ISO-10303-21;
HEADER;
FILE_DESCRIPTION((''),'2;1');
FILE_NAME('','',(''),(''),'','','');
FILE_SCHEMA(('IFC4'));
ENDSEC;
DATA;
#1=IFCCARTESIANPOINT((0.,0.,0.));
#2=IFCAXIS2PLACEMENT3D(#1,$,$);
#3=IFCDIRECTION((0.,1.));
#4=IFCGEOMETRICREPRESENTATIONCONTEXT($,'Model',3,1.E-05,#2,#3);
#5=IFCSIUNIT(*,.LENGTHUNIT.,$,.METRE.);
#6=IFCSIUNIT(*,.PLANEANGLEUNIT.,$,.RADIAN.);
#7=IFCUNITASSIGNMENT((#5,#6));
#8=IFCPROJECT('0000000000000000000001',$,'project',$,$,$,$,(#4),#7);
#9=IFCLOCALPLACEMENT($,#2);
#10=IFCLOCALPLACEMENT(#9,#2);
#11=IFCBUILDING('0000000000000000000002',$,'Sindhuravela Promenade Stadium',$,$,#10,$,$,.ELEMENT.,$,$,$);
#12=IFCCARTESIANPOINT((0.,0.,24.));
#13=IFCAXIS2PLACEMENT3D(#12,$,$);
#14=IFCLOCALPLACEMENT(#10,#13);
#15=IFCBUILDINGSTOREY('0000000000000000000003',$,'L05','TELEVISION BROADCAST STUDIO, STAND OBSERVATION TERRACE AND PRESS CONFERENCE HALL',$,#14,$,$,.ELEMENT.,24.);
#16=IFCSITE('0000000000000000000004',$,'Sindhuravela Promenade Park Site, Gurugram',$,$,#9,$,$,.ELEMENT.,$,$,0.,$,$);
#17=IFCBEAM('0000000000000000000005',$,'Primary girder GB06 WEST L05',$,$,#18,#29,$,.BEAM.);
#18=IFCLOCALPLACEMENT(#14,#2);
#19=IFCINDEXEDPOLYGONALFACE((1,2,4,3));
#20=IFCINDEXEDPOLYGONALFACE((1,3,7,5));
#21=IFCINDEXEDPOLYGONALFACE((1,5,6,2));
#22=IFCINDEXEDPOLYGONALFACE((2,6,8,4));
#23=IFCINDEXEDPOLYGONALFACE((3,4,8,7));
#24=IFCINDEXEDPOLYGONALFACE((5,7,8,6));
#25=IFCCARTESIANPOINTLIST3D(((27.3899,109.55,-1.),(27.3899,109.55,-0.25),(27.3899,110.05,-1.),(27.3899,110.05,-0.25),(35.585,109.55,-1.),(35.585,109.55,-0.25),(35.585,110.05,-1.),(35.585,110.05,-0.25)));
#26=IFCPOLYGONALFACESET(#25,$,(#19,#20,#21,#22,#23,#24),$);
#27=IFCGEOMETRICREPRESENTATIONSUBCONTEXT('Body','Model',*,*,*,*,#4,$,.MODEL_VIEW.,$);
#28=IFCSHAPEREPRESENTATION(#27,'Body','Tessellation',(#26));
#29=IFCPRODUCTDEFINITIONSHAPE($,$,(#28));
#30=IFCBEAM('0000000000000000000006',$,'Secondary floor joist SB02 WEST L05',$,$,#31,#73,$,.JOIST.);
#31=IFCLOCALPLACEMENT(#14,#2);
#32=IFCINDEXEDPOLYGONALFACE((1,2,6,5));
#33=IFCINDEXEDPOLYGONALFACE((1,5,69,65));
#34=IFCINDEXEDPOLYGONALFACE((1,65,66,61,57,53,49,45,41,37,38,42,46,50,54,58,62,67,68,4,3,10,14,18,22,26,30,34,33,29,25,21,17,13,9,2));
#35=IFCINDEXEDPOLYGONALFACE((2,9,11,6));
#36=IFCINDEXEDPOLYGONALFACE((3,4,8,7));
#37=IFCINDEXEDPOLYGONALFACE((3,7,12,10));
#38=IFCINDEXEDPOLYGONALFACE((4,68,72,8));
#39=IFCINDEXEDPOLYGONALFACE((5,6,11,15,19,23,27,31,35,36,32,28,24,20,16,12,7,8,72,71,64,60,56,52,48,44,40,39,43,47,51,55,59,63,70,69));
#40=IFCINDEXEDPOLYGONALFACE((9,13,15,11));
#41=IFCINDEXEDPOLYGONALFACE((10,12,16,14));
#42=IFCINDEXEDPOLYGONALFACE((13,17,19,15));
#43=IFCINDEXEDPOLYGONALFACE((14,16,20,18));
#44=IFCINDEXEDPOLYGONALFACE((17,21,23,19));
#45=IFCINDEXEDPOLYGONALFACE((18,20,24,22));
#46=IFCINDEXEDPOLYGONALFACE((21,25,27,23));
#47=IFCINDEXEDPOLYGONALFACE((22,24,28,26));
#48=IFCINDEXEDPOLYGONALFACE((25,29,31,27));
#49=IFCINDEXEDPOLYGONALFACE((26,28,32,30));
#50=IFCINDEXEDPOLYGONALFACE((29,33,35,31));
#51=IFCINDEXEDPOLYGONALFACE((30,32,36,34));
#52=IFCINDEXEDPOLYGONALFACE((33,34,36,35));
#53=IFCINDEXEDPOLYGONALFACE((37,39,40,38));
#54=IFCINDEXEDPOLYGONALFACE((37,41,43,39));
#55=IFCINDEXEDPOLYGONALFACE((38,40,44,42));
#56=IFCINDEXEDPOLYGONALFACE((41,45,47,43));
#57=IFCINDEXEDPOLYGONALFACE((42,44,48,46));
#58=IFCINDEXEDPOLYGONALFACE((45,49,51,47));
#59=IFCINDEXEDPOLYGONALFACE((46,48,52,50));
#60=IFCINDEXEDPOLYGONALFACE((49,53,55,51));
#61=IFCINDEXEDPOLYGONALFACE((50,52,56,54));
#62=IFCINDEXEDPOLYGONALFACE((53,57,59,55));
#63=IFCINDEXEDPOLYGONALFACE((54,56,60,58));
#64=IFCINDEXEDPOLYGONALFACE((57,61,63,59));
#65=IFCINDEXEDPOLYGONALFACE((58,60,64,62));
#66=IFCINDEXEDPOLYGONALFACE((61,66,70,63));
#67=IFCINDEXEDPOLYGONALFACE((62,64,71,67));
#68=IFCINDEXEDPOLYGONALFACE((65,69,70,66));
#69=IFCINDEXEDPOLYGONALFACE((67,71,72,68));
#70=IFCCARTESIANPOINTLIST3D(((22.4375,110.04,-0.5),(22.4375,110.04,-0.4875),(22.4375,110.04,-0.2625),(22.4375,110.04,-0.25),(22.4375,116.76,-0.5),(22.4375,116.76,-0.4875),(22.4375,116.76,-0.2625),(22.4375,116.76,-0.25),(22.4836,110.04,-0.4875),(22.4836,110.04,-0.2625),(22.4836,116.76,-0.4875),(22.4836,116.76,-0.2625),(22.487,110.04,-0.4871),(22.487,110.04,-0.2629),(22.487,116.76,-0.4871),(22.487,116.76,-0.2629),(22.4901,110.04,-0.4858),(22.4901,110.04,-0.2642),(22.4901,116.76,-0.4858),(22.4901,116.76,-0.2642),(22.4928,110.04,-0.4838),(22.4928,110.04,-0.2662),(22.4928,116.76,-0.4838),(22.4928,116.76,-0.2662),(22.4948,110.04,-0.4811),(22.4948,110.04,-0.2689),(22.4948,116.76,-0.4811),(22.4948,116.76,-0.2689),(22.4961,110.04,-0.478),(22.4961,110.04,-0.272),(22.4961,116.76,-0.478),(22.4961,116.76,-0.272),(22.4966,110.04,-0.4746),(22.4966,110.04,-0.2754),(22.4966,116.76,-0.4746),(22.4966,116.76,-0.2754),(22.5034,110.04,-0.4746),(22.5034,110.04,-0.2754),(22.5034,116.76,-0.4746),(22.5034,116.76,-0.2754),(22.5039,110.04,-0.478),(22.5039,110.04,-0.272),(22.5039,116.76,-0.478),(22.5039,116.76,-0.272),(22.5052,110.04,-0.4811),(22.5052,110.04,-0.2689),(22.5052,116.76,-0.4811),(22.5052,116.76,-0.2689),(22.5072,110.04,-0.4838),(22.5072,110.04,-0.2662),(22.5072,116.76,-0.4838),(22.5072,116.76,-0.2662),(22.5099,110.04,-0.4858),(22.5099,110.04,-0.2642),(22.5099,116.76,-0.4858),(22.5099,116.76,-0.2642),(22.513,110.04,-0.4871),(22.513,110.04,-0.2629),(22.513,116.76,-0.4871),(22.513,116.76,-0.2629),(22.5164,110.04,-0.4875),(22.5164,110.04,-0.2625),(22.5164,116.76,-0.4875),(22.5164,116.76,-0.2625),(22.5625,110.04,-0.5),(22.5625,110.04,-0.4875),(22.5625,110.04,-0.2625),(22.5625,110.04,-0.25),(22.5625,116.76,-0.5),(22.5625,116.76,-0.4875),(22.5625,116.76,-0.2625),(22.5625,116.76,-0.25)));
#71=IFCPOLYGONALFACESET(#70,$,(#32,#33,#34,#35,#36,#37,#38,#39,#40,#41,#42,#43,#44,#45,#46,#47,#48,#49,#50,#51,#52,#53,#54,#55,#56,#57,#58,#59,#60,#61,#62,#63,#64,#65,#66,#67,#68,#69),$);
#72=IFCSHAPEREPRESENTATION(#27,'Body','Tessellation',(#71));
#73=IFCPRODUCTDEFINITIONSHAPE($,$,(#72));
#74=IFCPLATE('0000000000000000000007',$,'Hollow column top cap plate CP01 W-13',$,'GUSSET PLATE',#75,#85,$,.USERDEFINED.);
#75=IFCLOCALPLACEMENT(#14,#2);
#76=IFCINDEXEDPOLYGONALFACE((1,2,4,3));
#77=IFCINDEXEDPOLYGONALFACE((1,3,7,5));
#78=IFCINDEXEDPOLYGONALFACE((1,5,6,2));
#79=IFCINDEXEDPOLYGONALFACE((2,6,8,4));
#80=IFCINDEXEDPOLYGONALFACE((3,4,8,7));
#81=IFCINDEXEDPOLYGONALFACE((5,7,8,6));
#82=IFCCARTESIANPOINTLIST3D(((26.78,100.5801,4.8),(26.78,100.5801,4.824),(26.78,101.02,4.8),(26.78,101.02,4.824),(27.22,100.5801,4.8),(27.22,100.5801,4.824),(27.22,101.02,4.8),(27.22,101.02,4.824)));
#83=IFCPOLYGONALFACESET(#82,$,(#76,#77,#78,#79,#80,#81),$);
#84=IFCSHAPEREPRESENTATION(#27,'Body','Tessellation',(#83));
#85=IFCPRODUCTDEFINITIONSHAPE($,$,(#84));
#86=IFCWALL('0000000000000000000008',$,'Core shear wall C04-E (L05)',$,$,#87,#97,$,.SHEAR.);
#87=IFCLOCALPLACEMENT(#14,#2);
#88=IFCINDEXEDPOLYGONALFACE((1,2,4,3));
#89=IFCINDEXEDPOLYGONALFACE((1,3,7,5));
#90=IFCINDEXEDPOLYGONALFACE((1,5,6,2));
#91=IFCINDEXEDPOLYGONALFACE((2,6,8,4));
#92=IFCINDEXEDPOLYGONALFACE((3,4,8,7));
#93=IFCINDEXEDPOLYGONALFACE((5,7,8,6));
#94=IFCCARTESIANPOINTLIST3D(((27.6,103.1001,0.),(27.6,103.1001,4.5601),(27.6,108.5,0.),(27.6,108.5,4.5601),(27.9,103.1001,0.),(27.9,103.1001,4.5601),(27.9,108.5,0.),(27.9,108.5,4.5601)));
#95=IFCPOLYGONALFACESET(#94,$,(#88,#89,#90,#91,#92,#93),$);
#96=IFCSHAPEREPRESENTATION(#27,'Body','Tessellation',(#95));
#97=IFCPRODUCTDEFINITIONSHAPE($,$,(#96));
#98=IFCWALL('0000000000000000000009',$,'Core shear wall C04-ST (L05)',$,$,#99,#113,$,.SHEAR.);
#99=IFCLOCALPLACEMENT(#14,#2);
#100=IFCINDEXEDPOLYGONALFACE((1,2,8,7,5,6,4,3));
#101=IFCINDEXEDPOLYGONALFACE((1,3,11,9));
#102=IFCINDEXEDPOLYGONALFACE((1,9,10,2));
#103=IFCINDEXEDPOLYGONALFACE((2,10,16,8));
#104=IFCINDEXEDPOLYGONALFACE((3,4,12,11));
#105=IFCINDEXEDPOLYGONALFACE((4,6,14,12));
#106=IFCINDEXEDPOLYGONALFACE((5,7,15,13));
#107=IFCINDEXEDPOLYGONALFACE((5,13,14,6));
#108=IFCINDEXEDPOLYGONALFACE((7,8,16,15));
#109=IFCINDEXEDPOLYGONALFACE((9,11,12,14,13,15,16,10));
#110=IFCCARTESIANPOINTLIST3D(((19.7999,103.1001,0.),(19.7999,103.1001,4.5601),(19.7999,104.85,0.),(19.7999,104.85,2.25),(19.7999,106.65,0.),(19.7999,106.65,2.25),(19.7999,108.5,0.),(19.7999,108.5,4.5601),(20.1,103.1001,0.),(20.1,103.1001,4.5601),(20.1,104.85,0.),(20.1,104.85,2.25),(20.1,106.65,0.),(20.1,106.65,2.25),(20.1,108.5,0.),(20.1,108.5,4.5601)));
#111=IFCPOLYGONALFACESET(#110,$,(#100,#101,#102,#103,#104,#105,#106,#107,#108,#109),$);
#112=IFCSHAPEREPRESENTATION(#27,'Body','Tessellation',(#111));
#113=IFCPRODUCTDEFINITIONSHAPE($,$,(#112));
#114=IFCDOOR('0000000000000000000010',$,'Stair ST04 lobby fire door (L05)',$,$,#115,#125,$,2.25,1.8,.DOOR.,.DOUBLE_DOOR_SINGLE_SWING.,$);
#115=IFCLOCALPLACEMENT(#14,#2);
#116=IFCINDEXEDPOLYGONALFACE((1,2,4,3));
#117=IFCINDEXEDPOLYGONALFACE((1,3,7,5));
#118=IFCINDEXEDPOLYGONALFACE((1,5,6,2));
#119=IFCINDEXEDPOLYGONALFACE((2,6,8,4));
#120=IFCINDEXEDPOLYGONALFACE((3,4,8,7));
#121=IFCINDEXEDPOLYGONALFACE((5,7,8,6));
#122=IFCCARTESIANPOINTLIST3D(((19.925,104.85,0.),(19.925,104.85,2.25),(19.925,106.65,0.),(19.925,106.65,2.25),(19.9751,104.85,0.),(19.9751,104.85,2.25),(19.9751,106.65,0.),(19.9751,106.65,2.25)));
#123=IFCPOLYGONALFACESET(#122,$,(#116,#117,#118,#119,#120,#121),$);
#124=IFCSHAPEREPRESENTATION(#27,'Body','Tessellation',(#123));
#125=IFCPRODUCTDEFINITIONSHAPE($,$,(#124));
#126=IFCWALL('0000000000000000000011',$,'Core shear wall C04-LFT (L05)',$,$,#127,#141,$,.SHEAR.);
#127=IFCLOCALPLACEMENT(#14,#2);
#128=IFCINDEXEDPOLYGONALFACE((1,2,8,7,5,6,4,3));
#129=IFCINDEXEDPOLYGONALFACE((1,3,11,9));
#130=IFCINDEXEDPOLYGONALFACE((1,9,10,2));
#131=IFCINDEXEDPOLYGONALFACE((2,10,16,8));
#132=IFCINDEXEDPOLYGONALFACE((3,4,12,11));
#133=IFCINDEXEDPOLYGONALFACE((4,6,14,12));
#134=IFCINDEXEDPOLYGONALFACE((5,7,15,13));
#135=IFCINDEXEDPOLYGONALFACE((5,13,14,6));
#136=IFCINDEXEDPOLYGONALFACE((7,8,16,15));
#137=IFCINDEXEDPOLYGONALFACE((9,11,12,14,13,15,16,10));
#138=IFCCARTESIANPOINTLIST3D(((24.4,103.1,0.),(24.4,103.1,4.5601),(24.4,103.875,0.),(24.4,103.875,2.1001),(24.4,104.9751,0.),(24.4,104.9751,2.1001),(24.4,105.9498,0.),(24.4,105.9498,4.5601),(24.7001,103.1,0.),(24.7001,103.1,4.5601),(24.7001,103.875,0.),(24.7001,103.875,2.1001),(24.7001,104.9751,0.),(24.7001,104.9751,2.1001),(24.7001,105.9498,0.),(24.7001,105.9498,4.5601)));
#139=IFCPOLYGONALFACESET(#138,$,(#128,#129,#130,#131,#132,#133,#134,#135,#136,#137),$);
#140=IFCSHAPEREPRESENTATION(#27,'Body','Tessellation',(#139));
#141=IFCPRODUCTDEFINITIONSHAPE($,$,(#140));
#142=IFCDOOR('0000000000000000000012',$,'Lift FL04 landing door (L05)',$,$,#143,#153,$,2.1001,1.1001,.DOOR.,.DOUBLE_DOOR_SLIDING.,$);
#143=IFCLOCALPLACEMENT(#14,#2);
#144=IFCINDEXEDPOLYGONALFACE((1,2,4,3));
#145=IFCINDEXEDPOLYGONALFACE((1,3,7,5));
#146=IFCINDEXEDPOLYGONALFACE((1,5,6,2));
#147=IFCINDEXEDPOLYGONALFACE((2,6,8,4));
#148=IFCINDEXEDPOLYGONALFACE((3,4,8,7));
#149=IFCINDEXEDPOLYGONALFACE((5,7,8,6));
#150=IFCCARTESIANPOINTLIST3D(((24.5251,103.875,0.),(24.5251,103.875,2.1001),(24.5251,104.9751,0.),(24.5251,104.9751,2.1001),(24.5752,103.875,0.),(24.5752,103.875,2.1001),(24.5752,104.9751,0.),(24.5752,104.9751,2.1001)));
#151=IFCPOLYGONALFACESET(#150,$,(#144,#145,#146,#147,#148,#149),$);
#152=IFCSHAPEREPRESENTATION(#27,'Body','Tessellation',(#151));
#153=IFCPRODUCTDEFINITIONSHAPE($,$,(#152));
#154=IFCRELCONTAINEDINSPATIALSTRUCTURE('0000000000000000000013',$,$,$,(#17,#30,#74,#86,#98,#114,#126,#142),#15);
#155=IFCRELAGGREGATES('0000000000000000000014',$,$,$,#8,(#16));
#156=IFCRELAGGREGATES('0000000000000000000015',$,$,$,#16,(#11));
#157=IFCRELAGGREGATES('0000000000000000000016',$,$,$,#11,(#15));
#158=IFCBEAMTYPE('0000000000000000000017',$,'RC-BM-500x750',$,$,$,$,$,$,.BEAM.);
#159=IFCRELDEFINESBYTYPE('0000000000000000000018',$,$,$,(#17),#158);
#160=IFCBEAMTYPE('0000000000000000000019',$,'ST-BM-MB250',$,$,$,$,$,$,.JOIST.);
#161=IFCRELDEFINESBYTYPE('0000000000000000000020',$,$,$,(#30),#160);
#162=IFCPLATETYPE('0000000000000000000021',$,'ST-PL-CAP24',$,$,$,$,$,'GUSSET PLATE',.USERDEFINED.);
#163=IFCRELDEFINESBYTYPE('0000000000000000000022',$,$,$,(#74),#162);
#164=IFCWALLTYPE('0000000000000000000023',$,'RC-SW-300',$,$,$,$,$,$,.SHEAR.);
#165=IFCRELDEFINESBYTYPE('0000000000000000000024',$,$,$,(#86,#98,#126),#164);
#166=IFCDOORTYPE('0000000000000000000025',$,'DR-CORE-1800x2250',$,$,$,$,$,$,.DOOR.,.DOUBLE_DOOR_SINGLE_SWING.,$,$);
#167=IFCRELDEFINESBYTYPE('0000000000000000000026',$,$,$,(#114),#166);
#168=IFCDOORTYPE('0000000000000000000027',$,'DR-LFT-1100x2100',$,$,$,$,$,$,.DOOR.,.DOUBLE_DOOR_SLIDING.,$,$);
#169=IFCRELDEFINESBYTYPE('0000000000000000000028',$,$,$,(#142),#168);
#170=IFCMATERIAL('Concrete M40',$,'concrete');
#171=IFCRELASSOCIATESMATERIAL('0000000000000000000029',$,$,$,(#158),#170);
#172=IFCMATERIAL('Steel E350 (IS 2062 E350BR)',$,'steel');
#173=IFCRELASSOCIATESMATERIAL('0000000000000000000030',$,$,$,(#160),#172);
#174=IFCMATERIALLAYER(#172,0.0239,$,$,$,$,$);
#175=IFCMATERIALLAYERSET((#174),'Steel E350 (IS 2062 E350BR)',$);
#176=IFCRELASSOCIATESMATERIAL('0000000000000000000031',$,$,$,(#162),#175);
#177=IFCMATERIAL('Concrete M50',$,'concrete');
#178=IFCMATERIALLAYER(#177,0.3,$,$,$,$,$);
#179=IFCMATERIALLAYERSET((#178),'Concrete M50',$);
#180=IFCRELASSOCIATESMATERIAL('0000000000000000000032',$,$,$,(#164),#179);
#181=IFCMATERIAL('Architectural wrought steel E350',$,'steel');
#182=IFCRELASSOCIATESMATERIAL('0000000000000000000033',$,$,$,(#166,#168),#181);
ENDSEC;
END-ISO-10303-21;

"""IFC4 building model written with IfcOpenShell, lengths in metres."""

from ifc_helpers import new_model, si_unit, direction, frame, frame_2d, origin, origin_2d, place, context, subcontext, project, spatial, rectangle, i_section, extrude, material, layer, layer_set, material_profile, profile_set, type_object, element, fill, save


model = new_model("IFC4")

# Units and contexts
model_context = context("Model", 3, precision=1e-05, world=origin(), true_north=direction((0.0, 1.0)))
body_context = subcontext(model_context, "Body", "Model", "MODEL_VIEW")
ifc_project = project(units=[si_unit("LENGTHUNIT", "METRE"), si_unit("PLANEANGLEUNIT", "RADIAN")], contexts=[model_context])

# Site, building, storey
site_placement = place(None, origin())
site = spatial("IfcSite", under=ifc_project, at=site_placement, Name="Sindhuravela Promenade Park Site, Gurugram", CompositionType="ELEMENT", RefElevation=0.0)
building_placement = place(site_placement, origin())
building = spatial("IfcBuilding", under=site, at=building_placement, Name="Sindhuravela Promenade Stadium", CompositionType="ELEMENT")
storey_placement = place(building_placement, frame((0.0, 0.0, 24.0)))
storey = spatial("IfcBuildingStorey", under=building, at=storey_placement, Name="L05", Description="TELEVISION BROADCAST STUDIO, STAND OBSERVATION TERRACE AND PRESS CONFERENCE HALL", CompositionType="ELEMENT", Elevation=24.0)

# Shared definitions
ifc_material_1 = material(Name="Concrete M40", Category="concrete")
ifc_material_2 = material(Name="Steel E350 (IS 2062 E350BR)", Category="steel")

# Beams
ifc_material_profile_1 = material_profile(ifc_material_1, rectangle(XDim=0.5, YDim=0.75, at=origin_2d()), Name="RC 500x750")
ifc_profile_set_1 = profile_set([ifc_material_profile_1], Name="Concrete M40")
beam_type_1 = type_object("IfcBeamType", Name="RC-BM-500x750", PredefinedType="BEAM", material=ifc_profile_set_1)
for number, where, z_axis, x_axis, name in (
    (1, (27.3899, 109.8, -0.625), (1.0, 0.0, 0.0), (0.0, 1.0, 0.0), "Primary girder GB06 WEST L05"),
):
    element("IfcBeam", number, at=place(storey_placement, frame(where, z_axis=z_axis, x_axis=x_axis)), inside=storey, type_object=beam_type_1, Name=name, PredefinedType="BEAM", context=body_context, shape_type="SweptSolid", body=[
        extrude(rectangle(XDim=0.5, YDim=0.75, at=origin_2d()), origin(), (0.0, 0.0, 1.0), 8.1951),
    ])
ifc_material_profile_2 = material_profile(ifc_material_2, i_section(OverallWidth=0.125, OverallDepth=0.25, WebThickness=0.0068, FlangeThickness=0.0125, FilletRadius=0.0129, at=origin_2d()), Name="ISMB 250")
ifc_profile_set_2 = profile_set([ifc_material_profile_2], Name="Steel E350 (IS 2062 E350BR)")
beam_type_2 = type_object("IfcBeamType", Name="ST-BM-MB250", PredefinedType="JOIST", material=ifc_profile_set_2)
beam_1_placement = place(storey_placement, frame((22.5, 110.04, -0.375), z_axis=(0.0, 1.0, 0.0), x_axis=(-1.0, 0.0, 0.0)))
element("IfcBeam", 2, at=beam_1_placement, inside=storey, type_object=beam_type_2, Name="Secondary floor joist SB02 WEST L05", PredefinedType="JOIST", context=body_context, shape_type="SweptSolid", body=[
    extrude(i_section(OverallWidth=0.125, OverallDepth=0.25, WebThickness=0.0068, FlangeThickness=0.0125, FilletRadius=0.0129, at=origin_2d()), origin(), (0.0, 0.0, 1.0), 6.72),
])

# Plate
ifc_layer_1 = layer(ifc_material_2, 0.0239)
ifc_layer_set_1 = layer_set([ifc_layer_1], Name="Steel E350 (IS 2062 E350BR)")
plate_type = type_object("IfcPlateType", Name="ST-PL-CAP24", ElementType="GUSSET PLATE", PredefinedType="USERDEFINED", material=ifc_layer_set_1)
plate_placement = place(storey_placement, frame((27.0, 100.8, 4.8), z_axis=(0.0, 0.0, 1.0), x_axis=(1.0, 0.0, 0.0)))
element("IfcPlate", 3, at=plate_placement, inside=storey, type_object=plate_type, Name="Hollow column top cap plate CP01 W-13", ObjectType="GUSSET PLATE", PredefinedType="USERDEFINED", context=body_context, shape_type="SweptSolid", body=[
    extrude(rectangle(XDim=0.4399, YDim=0.4399, at=origin_2d()), origin(), (0.0, 0.0, 1.0), 0.0239),
])

# Wall
ifc_material_3 = material(Name="Concrete M50", Category="concrete")
ifc_layer_2 = layer(ifc_material_3, 0.3)
ifc_layer_set_2 = layer_set([ifc_layer_2], Name="Concrete M50")
wall_type = type_object("IfcWallType", Name="RC-SW-300", PredefinedType="SHEAR", material=ifc_layer_set_2)
wall_1_placement = place(storey_placement, frame((27.75, 103.1001, 0.0), z_axis=(0.0, 0.0, 1.0), x_axis=(0.0, 1.0, 0.0)))
element("IfcWall", 4, at=wall_1_placement, inside=storey, type_object=wall_type, Name="Core shear wall C04-E (L05)", PredefinedType="SHEAR", context=body_context, shape_type="SweptSolid", body=[
    extrude(rectangle(XDim=5.3999, YDim=0.3, at=frame_2d((2.7, 0.0))), origin(), (0.0, 0.0, 1.0), 4.5601),
])

# Walls, openings, doors
wall_2_placement = place(storey_placement, frame((19.95, 103.1001, 0.0), z_axis=(0.0, 0.0, 1.0), x_axis=(0.0, 1.0, 0.0)))
wall_2 = element("IfcWall", 5, at=wall_2_placement, inside=storey, type_object=wall_type, Name="Core shear wall C04-ST (L05)", PredefinedType="SHEAR", context=body_context, shape_type="SweptSolid", body=[
    extrude(rectangle(XDim=5.3999, YDim=0.3, at=frame_2d((2.7, 0.0))), origin(), (0.0, 0.0, 1.0), 4.5601),
])
opening_1_placement = place(wall_2_placement, frame((1.75, 0.0, 0.0)))
opening_1 = element("IfcOpeningElement", 6, at=opening_1_placement, cuts=wall_2, PredefinedType="OPENING", context=body_context, shape_type="SweptSolid", body=[
    extrude(rectangle(XDim=1.8, YDim=2.25, at=frame_2d((0.8999, 1.125))), frame((0.0, 0.1599, 0.0), z_axis=(0.0, -1.0, 0.0), x_axis=(1.0, 0.0, 0.0)), (0.0, 0.0, 1.0), 0.3201),
])
ifc_material_4 = material(Name="Architectural wrought steel E350", Category="steel")
door_type_1 = type_object("IfcDoorType", Name="DR-CORE-1800x2250", OperationType="DOUBLE_DOOR_SINGLE_SWING", PredefinedType="DOOR", material=ifc_material_4)
door_1_placement = place(opening_1_placement, origin())
door_1 = element("IfcDoor", 7, at=door_1_placement, inside=storey, type_object=door_type_1, Name="Stair ST04 lobby fire door (L05)", OperationType="DOUBLE_DOOR_SINGLE_SWING", OverallHeight=2.25, OverallWidth=1.8, PredefinedType="DOOR", context=body_context, shape_type="SweptSolid", body=[
    extrude(rectangle(XDim=1.8, YDim=2.25, at=frame_2d((0.8999, 1.125))), frame((0.0, 0.0249, 0.0), z_axis=(0.0, -1.0, 0.0), x_axis=(1.0, 0.0, 0.0)), (0.0, 0.0, 1.0), 0.05),
])
fill(opening_1, door_1)
wall_3_placement = place(storey_placement, frame((24.55, 103.1001, 0.0), z_axis=(0.0, 0.0, 1.0), x_axis=(0.0, 1.0, 0.0)))
wall_3 = element("IfcWall", 8, at=wall_3_placement, inside=storey, type_object=wall_type, Name="Core shear wall C04-LFT (L05)", PredefinedType="SHEAR", context=body_context, shape_type="SweptSolid", body=[
    extrude(rectangle(XDim=2.8499, YDim=0.3, at=frame_2d((1.4248, 0.0))), origin(), (0.0, 0.0, 1.0), 4.5601),
])
opening_2_placement = place(wall_3_placement, frame((0.7749, 0.0, 0.0)))
opening_2 = element("IfcOpeningElement", 9, at=opening_2_placement, cuts=wall_3, PredefinedType="OPENING", context=body_context, shape_type="SweptSolid", body=[
    extrude(rectangle(XDim=1.1001, YDim=2.1001, at=frame_2d((0.55, 1.05))), frame((0.0, 0.1599, 0.0), z_axis=(0.0, -1.0, 0.0), x_axis=(1.0, 0.0, 0.0)), (0.0, 0.0, 1.0), 0.3201),
])
door_type_2 = type_object("IfcDoorType", Name="DR-LFT-1100x2100", OperationType="DOUBLE_DOOR_SLIDING", PredefinedType="DOOR", material=ifc_material_4)
door_2_placement = place(opening_2_placement, origin())
door_2 = element("IfcDoor", 10, at=door_2_placement, inside=storey, type_object=door_type_2, Name="Lift FL04 landing door (L05)", OperationType="DOUBLE_DOOR_SLIDING", OverallHeight=2.1001, OverallWidth=1.1001, PredefinedType="DOOR", context=body_context, shape_type="SweptSolid", body=[
    extrude(rectangle(XDim=1.1001, YDim=2.1001, at=frame_2d((0.55, 1.05))), frame((0.0, 0.0249, 0.0), z_axis=(0.0, -1.0, 0.0), x_axis=(1.0, 0.0, 0.0)), (0.0, 0.0, 1.0), 0.05),
])
fill(opening_2, door_2)

save(model, "model.ifc")
